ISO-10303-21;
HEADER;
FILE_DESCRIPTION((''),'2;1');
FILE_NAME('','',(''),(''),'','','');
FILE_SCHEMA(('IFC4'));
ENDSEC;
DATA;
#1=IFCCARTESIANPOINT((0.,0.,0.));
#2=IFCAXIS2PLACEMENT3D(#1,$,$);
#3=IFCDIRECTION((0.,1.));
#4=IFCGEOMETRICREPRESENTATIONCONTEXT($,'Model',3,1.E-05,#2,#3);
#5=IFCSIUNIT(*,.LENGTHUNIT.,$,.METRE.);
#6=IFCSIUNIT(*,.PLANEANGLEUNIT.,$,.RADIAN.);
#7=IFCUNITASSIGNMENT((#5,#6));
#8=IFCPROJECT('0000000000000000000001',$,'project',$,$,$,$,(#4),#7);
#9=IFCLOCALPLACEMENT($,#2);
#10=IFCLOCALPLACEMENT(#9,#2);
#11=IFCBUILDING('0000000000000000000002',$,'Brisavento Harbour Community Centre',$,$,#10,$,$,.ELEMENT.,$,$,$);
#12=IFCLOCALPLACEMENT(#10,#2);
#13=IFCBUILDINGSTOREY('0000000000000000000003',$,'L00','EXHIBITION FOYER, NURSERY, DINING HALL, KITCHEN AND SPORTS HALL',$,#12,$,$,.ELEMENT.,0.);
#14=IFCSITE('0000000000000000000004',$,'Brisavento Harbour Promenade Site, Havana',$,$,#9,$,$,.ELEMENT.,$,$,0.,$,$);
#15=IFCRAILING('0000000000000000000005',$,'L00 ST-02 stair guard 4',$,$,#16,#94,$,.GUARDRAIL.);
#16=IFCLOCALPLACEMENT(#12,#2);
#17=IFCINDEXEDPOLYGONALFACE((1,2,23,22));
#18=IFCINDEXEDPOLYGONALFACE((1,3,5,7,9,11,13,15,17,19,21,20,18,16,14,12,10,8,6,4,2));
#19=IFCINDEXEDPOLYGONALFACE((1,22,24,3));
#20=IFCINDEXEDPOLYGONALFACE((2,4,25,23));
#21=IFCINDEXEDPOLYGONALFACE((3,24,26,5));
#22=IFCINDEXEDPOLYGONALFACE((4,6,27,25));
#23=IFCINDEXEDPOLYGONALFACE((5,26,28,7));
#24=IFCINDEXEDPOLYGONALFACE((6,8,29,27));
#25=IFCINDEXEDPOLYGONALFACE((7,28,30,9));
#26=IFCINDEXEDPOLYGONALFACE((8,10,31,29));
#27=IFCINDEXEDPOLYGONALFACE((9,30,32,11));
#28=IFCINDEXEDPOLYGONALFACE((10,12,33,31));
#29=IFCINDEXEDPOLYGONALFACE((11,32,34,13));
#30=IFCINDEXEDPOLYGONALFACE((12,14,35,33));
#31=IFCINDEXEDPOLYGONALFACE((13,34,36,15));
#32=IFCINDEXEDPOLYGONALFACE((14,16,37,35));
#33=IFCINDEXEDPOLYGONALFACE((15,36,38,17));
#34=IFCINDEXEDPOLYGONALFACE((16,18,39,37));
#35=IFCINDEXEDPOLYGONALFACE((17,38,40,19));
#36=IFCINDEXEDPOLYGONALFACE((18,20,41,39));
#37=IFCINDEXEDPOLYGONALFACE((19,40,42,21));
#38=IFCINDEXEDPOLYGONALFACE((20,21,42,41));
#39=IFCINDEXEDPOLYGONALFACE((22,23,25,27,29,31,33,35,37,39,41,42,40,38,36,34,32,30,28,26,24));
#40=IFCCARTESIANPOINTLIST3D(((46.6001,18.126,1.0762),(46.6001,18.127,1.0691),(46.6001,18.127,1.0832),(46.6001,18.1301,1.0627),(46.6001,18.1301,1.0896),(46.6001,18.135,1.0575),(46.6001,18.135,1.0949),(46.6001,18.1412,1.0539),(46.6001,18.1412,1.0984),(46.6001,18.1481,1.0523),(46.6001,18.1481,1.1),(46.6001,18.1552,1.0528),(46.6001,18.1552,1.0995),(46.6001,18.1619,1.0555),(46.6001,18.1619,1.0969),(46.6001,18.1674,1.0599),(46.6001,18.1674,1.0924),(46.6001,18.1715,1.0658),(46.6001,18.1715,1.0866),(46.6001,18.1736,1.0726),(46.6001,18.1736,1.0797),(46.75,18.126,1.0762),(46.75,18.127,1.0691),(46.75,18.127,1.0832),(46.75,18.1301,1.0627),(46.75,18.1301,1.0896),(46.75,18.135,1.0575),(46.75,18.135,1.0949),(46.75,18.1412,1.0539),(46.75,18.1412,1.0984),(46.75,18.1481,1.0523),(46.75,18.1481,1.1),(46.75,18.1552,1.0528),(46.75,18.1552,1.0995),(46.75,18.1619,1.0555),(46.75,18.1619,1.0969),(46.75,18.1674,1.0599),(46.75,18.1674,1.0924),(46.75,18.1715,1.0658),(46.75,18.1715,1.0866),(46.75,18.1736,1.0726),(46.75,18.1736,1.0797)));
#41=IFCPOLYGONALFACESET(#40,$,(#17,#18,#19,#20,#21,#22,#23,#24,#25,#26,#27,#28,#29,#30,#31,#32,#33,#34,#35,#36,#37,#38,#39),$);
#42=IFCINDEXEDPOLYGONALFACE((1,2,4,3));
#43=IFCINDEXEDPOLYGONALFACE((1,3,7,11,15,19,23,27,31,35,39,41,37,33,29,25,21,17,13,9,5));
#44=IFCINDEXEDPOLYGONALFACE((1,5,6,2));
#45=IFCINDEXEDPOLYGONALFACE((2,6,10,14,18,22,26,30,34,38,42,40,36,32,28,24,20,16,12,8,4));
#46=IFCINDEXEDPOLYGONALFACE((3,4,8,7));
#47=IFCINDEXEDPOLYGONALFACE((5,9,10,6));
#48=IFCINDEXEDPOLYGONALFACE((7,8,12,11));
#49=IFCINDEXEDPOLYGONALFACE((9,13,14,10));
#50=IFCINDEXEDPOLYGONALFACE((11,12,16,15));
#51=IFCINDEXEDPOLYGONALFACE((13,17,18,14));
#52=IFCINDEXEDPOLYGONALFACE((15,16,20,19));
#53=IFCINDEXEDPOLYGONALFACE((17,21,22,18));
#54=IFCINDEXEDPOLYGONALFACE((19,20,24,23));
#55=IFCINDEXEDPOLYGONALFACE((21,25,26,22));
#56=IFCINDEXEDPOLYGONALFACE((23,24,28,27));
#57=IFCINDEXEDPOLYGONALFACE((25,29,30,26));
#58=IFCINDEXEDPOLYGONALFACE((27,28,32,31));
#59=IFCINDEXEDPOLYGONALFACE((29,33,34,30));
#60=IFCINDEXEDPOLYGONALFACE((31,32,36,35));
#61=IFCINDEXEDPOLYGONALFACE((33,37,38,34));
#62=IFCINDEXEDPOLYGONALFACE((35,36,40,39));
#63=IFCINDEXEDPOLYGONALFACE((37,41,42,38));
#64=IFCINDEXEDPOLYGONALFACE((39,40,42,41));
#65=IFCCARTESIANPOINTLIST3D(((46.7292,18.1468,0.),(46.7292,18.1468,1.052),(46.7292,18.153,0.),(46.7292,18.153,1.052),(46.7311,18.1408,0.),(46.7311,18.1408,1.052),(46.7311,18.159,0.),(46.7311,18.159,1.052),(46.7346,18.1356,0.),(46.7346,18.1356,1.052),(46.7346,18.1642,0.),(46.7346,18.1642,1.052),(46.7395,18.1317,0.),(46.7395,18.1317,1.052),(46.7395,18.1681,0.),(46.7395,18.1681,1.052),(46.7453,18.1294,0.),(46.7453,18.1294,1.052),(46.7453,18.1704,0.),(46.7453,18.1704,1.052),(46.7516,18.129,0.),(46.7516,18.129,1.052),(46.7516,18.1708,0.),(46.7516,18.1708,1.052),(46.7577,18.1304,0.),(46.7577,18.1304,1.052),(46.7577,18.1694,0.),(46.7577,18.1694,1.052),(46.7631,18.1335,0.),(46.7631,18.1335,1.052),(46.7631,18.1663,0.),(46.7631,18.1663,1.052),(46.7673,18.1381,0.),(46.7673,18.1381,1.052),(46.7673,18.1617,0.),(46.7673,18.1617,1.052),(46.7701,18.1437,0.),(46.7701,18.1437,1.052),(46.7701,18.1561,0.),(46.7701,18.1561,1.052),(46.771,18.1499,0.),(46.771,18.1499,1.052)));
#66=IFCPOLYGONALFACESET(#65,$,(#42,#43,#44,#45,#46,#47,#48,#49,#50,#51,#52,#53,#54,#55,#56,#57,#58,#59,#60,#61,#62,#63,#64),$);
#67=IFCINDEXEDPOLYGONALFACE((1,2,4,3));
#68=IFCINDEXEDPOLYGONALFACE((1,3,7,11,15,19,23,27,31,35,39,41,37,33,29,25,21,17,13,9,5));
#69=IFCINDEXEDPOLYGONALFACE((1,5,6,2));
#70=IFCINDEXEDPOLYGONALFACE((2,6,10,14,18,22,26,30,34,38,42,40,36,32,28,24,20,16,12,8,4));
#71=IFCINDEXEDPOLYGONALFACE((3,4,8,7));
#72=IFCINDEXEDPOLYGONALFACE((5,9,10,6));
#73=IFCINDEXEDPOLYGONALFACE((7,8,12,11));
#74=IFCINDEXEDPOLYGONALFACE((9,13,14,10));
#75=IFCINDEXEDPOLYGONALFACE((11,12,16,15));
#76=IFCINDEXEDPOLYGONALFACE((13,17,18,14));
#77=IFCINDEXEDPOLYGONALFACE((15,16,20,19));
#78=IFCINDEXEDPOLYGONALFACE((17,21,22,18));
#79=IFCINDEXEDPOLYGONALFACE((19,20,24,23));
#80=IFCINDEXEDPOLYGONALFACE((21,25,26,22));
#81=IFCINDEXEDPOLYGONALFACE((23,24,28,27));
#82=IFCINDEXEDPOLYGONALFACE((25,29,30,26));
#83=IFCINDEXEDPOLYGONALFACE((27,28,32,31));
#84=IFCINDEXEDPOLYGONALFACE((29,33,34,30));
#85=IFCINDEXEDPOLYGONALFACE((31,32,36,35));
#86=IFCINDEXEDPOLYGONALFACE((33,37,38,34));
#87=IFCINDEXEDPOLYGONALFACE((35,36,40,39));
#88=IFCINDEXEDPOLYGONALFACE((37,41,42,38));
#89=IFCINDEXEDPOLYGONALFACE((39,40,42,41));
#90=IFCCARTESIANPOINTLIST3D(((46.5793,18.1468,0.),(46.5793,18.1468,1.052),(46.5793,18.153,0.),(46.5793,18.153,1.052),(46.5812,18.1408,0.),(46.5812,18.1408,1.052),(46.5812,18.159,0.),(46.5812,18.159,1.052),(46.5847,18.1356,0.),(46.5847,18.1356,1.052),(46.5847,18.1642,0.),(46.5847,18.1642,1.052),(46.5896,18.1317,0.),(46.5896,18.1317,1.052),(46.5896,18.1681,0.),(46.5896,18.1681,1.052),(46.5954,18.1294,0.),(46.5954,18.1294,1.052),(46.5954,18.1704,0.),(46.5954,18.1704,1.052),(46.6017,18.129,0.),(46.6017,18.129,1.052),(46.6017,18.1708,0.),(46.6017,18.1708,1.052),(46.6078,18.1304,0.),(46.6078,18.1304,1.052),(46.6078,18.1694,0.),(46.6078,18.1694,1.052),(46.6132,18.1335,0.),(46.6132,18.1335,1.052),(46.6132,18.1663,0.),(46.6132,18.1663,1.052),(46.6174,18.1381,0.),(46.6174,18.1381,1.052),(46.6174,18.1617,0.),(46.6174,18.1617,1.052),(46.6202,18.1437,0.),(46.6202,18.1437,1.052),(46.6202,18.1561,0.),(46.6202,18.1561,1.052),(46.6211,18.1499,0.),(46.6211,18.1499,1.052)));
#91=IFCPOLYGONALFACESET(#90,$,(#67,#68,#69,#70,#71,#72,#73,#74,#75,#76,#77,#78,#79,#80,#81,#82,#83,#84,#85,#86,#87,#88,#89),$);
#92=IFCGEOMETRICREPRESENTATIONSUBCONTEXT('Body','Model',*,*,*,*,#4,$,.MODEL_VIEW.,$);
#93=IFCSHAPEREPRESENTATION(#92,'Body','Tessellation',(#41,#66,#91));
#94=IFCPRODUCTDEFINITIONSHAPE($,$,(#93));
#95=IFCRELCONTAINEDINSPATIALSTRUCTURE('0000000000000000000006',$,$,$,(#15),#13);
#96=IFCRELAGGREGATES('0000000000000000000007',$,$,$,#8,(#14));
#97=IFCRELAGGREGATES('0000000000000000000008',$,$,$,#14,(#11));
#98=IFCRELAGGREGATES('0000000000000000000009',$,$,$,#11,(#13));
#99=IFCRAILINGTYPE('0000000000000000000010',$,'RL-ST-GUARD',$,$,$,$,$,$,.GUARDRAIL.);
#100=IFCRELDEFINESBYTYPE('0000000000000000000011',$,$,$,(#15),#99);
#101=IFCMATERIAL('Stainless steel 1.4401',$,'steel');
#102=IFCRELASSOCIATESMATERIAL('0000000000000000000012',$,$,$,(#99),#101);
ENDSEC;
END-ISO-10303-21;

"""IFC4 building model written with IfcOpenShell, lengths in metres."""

from ifc_helpers import new_model, si_unit, direction, frame, origin, origin_2d, place, context, subcontext, project, spatial, circle, extrude, material, type_object, element, save


model = new_model("IFC4")

# Units and contexts
model_context = context("Model", 3, precision=1e-05, world=origin(), true_north=direction((0.0, 1.0)))
body_context = subcontext(model_context, "Body", "Model", "MODEL_VIEW")
ifc_project = project(units=[si_unit("LENGTHUNIT", "METRE"), si_unit("PLANEANGLEUNIT", "RADIAN")], contexts=[model_context])

# Site, building, storey
site_placement = place(None, origin())
site = spatial("IfcSite", under=ifc_project, at=site_placement, Name="Brisavento Harbour Promenade Site, Havana", CompositionType="ELEMENT", RefElevation=0.0)
building_placement = place(site_placement, origin())
building = spatial("IfcBuilding", under=site, at=building_placement, Name="Brisavento Harbour Community Centre", CompositionType="ELEMENT")
storey_placement = place(building_placement, origin())
storey = spatial("IfcBuildingStorey", under=building, at=storey_placement, Name="L00", Description="EXHIBITION FOYER, NURSERY, DINING HALL, KITCHEN AND SPORTS HALL", CompositionType="ELEMENT", Elevation=0.0)

# Railing
ifc_material_1 = material(Name="Stainless steel 1.4401", Category="steel")
railing_type_1 = type_object("IfcRailingType", Name="RL-ST-GUARD", PredefinedType="GUARDRAIL", material=ifc_material_1)
railing_1_placement = place(storey_placement, frame((46.75, 18.1499, 0.0)))
element("IfcRailing", 1, at=railing_1_placement, inside=storey, type_object=railing_type_1, Name="L00 ST-02 stair guard 4", PredefinedType="GUARDRAIL", context=body_context, shape_type="SweptSolid", body=[
    extrude(circle(Radius=0.0239, at=origin_2d()), frame((0.0, 0.0, 1.0762), z_axis=(-1.0, 0.0, 0.0), x_axis=(0.0, -1.0, 0.0)), (0.0, 0.0, 1.0), 0.1499),
    extrude(circle(Radius=0.021, at=origin_2d()), origin(), (0.0, 0.0, 1.0), 1.052),
    extrude(circle(Radius=0.021, at=origin_2d()), frame((-0.1499, 0.0, 0.0)), (0.0, 0.0, 1.0), 1.052),
])

save(model, "model.ifc")
